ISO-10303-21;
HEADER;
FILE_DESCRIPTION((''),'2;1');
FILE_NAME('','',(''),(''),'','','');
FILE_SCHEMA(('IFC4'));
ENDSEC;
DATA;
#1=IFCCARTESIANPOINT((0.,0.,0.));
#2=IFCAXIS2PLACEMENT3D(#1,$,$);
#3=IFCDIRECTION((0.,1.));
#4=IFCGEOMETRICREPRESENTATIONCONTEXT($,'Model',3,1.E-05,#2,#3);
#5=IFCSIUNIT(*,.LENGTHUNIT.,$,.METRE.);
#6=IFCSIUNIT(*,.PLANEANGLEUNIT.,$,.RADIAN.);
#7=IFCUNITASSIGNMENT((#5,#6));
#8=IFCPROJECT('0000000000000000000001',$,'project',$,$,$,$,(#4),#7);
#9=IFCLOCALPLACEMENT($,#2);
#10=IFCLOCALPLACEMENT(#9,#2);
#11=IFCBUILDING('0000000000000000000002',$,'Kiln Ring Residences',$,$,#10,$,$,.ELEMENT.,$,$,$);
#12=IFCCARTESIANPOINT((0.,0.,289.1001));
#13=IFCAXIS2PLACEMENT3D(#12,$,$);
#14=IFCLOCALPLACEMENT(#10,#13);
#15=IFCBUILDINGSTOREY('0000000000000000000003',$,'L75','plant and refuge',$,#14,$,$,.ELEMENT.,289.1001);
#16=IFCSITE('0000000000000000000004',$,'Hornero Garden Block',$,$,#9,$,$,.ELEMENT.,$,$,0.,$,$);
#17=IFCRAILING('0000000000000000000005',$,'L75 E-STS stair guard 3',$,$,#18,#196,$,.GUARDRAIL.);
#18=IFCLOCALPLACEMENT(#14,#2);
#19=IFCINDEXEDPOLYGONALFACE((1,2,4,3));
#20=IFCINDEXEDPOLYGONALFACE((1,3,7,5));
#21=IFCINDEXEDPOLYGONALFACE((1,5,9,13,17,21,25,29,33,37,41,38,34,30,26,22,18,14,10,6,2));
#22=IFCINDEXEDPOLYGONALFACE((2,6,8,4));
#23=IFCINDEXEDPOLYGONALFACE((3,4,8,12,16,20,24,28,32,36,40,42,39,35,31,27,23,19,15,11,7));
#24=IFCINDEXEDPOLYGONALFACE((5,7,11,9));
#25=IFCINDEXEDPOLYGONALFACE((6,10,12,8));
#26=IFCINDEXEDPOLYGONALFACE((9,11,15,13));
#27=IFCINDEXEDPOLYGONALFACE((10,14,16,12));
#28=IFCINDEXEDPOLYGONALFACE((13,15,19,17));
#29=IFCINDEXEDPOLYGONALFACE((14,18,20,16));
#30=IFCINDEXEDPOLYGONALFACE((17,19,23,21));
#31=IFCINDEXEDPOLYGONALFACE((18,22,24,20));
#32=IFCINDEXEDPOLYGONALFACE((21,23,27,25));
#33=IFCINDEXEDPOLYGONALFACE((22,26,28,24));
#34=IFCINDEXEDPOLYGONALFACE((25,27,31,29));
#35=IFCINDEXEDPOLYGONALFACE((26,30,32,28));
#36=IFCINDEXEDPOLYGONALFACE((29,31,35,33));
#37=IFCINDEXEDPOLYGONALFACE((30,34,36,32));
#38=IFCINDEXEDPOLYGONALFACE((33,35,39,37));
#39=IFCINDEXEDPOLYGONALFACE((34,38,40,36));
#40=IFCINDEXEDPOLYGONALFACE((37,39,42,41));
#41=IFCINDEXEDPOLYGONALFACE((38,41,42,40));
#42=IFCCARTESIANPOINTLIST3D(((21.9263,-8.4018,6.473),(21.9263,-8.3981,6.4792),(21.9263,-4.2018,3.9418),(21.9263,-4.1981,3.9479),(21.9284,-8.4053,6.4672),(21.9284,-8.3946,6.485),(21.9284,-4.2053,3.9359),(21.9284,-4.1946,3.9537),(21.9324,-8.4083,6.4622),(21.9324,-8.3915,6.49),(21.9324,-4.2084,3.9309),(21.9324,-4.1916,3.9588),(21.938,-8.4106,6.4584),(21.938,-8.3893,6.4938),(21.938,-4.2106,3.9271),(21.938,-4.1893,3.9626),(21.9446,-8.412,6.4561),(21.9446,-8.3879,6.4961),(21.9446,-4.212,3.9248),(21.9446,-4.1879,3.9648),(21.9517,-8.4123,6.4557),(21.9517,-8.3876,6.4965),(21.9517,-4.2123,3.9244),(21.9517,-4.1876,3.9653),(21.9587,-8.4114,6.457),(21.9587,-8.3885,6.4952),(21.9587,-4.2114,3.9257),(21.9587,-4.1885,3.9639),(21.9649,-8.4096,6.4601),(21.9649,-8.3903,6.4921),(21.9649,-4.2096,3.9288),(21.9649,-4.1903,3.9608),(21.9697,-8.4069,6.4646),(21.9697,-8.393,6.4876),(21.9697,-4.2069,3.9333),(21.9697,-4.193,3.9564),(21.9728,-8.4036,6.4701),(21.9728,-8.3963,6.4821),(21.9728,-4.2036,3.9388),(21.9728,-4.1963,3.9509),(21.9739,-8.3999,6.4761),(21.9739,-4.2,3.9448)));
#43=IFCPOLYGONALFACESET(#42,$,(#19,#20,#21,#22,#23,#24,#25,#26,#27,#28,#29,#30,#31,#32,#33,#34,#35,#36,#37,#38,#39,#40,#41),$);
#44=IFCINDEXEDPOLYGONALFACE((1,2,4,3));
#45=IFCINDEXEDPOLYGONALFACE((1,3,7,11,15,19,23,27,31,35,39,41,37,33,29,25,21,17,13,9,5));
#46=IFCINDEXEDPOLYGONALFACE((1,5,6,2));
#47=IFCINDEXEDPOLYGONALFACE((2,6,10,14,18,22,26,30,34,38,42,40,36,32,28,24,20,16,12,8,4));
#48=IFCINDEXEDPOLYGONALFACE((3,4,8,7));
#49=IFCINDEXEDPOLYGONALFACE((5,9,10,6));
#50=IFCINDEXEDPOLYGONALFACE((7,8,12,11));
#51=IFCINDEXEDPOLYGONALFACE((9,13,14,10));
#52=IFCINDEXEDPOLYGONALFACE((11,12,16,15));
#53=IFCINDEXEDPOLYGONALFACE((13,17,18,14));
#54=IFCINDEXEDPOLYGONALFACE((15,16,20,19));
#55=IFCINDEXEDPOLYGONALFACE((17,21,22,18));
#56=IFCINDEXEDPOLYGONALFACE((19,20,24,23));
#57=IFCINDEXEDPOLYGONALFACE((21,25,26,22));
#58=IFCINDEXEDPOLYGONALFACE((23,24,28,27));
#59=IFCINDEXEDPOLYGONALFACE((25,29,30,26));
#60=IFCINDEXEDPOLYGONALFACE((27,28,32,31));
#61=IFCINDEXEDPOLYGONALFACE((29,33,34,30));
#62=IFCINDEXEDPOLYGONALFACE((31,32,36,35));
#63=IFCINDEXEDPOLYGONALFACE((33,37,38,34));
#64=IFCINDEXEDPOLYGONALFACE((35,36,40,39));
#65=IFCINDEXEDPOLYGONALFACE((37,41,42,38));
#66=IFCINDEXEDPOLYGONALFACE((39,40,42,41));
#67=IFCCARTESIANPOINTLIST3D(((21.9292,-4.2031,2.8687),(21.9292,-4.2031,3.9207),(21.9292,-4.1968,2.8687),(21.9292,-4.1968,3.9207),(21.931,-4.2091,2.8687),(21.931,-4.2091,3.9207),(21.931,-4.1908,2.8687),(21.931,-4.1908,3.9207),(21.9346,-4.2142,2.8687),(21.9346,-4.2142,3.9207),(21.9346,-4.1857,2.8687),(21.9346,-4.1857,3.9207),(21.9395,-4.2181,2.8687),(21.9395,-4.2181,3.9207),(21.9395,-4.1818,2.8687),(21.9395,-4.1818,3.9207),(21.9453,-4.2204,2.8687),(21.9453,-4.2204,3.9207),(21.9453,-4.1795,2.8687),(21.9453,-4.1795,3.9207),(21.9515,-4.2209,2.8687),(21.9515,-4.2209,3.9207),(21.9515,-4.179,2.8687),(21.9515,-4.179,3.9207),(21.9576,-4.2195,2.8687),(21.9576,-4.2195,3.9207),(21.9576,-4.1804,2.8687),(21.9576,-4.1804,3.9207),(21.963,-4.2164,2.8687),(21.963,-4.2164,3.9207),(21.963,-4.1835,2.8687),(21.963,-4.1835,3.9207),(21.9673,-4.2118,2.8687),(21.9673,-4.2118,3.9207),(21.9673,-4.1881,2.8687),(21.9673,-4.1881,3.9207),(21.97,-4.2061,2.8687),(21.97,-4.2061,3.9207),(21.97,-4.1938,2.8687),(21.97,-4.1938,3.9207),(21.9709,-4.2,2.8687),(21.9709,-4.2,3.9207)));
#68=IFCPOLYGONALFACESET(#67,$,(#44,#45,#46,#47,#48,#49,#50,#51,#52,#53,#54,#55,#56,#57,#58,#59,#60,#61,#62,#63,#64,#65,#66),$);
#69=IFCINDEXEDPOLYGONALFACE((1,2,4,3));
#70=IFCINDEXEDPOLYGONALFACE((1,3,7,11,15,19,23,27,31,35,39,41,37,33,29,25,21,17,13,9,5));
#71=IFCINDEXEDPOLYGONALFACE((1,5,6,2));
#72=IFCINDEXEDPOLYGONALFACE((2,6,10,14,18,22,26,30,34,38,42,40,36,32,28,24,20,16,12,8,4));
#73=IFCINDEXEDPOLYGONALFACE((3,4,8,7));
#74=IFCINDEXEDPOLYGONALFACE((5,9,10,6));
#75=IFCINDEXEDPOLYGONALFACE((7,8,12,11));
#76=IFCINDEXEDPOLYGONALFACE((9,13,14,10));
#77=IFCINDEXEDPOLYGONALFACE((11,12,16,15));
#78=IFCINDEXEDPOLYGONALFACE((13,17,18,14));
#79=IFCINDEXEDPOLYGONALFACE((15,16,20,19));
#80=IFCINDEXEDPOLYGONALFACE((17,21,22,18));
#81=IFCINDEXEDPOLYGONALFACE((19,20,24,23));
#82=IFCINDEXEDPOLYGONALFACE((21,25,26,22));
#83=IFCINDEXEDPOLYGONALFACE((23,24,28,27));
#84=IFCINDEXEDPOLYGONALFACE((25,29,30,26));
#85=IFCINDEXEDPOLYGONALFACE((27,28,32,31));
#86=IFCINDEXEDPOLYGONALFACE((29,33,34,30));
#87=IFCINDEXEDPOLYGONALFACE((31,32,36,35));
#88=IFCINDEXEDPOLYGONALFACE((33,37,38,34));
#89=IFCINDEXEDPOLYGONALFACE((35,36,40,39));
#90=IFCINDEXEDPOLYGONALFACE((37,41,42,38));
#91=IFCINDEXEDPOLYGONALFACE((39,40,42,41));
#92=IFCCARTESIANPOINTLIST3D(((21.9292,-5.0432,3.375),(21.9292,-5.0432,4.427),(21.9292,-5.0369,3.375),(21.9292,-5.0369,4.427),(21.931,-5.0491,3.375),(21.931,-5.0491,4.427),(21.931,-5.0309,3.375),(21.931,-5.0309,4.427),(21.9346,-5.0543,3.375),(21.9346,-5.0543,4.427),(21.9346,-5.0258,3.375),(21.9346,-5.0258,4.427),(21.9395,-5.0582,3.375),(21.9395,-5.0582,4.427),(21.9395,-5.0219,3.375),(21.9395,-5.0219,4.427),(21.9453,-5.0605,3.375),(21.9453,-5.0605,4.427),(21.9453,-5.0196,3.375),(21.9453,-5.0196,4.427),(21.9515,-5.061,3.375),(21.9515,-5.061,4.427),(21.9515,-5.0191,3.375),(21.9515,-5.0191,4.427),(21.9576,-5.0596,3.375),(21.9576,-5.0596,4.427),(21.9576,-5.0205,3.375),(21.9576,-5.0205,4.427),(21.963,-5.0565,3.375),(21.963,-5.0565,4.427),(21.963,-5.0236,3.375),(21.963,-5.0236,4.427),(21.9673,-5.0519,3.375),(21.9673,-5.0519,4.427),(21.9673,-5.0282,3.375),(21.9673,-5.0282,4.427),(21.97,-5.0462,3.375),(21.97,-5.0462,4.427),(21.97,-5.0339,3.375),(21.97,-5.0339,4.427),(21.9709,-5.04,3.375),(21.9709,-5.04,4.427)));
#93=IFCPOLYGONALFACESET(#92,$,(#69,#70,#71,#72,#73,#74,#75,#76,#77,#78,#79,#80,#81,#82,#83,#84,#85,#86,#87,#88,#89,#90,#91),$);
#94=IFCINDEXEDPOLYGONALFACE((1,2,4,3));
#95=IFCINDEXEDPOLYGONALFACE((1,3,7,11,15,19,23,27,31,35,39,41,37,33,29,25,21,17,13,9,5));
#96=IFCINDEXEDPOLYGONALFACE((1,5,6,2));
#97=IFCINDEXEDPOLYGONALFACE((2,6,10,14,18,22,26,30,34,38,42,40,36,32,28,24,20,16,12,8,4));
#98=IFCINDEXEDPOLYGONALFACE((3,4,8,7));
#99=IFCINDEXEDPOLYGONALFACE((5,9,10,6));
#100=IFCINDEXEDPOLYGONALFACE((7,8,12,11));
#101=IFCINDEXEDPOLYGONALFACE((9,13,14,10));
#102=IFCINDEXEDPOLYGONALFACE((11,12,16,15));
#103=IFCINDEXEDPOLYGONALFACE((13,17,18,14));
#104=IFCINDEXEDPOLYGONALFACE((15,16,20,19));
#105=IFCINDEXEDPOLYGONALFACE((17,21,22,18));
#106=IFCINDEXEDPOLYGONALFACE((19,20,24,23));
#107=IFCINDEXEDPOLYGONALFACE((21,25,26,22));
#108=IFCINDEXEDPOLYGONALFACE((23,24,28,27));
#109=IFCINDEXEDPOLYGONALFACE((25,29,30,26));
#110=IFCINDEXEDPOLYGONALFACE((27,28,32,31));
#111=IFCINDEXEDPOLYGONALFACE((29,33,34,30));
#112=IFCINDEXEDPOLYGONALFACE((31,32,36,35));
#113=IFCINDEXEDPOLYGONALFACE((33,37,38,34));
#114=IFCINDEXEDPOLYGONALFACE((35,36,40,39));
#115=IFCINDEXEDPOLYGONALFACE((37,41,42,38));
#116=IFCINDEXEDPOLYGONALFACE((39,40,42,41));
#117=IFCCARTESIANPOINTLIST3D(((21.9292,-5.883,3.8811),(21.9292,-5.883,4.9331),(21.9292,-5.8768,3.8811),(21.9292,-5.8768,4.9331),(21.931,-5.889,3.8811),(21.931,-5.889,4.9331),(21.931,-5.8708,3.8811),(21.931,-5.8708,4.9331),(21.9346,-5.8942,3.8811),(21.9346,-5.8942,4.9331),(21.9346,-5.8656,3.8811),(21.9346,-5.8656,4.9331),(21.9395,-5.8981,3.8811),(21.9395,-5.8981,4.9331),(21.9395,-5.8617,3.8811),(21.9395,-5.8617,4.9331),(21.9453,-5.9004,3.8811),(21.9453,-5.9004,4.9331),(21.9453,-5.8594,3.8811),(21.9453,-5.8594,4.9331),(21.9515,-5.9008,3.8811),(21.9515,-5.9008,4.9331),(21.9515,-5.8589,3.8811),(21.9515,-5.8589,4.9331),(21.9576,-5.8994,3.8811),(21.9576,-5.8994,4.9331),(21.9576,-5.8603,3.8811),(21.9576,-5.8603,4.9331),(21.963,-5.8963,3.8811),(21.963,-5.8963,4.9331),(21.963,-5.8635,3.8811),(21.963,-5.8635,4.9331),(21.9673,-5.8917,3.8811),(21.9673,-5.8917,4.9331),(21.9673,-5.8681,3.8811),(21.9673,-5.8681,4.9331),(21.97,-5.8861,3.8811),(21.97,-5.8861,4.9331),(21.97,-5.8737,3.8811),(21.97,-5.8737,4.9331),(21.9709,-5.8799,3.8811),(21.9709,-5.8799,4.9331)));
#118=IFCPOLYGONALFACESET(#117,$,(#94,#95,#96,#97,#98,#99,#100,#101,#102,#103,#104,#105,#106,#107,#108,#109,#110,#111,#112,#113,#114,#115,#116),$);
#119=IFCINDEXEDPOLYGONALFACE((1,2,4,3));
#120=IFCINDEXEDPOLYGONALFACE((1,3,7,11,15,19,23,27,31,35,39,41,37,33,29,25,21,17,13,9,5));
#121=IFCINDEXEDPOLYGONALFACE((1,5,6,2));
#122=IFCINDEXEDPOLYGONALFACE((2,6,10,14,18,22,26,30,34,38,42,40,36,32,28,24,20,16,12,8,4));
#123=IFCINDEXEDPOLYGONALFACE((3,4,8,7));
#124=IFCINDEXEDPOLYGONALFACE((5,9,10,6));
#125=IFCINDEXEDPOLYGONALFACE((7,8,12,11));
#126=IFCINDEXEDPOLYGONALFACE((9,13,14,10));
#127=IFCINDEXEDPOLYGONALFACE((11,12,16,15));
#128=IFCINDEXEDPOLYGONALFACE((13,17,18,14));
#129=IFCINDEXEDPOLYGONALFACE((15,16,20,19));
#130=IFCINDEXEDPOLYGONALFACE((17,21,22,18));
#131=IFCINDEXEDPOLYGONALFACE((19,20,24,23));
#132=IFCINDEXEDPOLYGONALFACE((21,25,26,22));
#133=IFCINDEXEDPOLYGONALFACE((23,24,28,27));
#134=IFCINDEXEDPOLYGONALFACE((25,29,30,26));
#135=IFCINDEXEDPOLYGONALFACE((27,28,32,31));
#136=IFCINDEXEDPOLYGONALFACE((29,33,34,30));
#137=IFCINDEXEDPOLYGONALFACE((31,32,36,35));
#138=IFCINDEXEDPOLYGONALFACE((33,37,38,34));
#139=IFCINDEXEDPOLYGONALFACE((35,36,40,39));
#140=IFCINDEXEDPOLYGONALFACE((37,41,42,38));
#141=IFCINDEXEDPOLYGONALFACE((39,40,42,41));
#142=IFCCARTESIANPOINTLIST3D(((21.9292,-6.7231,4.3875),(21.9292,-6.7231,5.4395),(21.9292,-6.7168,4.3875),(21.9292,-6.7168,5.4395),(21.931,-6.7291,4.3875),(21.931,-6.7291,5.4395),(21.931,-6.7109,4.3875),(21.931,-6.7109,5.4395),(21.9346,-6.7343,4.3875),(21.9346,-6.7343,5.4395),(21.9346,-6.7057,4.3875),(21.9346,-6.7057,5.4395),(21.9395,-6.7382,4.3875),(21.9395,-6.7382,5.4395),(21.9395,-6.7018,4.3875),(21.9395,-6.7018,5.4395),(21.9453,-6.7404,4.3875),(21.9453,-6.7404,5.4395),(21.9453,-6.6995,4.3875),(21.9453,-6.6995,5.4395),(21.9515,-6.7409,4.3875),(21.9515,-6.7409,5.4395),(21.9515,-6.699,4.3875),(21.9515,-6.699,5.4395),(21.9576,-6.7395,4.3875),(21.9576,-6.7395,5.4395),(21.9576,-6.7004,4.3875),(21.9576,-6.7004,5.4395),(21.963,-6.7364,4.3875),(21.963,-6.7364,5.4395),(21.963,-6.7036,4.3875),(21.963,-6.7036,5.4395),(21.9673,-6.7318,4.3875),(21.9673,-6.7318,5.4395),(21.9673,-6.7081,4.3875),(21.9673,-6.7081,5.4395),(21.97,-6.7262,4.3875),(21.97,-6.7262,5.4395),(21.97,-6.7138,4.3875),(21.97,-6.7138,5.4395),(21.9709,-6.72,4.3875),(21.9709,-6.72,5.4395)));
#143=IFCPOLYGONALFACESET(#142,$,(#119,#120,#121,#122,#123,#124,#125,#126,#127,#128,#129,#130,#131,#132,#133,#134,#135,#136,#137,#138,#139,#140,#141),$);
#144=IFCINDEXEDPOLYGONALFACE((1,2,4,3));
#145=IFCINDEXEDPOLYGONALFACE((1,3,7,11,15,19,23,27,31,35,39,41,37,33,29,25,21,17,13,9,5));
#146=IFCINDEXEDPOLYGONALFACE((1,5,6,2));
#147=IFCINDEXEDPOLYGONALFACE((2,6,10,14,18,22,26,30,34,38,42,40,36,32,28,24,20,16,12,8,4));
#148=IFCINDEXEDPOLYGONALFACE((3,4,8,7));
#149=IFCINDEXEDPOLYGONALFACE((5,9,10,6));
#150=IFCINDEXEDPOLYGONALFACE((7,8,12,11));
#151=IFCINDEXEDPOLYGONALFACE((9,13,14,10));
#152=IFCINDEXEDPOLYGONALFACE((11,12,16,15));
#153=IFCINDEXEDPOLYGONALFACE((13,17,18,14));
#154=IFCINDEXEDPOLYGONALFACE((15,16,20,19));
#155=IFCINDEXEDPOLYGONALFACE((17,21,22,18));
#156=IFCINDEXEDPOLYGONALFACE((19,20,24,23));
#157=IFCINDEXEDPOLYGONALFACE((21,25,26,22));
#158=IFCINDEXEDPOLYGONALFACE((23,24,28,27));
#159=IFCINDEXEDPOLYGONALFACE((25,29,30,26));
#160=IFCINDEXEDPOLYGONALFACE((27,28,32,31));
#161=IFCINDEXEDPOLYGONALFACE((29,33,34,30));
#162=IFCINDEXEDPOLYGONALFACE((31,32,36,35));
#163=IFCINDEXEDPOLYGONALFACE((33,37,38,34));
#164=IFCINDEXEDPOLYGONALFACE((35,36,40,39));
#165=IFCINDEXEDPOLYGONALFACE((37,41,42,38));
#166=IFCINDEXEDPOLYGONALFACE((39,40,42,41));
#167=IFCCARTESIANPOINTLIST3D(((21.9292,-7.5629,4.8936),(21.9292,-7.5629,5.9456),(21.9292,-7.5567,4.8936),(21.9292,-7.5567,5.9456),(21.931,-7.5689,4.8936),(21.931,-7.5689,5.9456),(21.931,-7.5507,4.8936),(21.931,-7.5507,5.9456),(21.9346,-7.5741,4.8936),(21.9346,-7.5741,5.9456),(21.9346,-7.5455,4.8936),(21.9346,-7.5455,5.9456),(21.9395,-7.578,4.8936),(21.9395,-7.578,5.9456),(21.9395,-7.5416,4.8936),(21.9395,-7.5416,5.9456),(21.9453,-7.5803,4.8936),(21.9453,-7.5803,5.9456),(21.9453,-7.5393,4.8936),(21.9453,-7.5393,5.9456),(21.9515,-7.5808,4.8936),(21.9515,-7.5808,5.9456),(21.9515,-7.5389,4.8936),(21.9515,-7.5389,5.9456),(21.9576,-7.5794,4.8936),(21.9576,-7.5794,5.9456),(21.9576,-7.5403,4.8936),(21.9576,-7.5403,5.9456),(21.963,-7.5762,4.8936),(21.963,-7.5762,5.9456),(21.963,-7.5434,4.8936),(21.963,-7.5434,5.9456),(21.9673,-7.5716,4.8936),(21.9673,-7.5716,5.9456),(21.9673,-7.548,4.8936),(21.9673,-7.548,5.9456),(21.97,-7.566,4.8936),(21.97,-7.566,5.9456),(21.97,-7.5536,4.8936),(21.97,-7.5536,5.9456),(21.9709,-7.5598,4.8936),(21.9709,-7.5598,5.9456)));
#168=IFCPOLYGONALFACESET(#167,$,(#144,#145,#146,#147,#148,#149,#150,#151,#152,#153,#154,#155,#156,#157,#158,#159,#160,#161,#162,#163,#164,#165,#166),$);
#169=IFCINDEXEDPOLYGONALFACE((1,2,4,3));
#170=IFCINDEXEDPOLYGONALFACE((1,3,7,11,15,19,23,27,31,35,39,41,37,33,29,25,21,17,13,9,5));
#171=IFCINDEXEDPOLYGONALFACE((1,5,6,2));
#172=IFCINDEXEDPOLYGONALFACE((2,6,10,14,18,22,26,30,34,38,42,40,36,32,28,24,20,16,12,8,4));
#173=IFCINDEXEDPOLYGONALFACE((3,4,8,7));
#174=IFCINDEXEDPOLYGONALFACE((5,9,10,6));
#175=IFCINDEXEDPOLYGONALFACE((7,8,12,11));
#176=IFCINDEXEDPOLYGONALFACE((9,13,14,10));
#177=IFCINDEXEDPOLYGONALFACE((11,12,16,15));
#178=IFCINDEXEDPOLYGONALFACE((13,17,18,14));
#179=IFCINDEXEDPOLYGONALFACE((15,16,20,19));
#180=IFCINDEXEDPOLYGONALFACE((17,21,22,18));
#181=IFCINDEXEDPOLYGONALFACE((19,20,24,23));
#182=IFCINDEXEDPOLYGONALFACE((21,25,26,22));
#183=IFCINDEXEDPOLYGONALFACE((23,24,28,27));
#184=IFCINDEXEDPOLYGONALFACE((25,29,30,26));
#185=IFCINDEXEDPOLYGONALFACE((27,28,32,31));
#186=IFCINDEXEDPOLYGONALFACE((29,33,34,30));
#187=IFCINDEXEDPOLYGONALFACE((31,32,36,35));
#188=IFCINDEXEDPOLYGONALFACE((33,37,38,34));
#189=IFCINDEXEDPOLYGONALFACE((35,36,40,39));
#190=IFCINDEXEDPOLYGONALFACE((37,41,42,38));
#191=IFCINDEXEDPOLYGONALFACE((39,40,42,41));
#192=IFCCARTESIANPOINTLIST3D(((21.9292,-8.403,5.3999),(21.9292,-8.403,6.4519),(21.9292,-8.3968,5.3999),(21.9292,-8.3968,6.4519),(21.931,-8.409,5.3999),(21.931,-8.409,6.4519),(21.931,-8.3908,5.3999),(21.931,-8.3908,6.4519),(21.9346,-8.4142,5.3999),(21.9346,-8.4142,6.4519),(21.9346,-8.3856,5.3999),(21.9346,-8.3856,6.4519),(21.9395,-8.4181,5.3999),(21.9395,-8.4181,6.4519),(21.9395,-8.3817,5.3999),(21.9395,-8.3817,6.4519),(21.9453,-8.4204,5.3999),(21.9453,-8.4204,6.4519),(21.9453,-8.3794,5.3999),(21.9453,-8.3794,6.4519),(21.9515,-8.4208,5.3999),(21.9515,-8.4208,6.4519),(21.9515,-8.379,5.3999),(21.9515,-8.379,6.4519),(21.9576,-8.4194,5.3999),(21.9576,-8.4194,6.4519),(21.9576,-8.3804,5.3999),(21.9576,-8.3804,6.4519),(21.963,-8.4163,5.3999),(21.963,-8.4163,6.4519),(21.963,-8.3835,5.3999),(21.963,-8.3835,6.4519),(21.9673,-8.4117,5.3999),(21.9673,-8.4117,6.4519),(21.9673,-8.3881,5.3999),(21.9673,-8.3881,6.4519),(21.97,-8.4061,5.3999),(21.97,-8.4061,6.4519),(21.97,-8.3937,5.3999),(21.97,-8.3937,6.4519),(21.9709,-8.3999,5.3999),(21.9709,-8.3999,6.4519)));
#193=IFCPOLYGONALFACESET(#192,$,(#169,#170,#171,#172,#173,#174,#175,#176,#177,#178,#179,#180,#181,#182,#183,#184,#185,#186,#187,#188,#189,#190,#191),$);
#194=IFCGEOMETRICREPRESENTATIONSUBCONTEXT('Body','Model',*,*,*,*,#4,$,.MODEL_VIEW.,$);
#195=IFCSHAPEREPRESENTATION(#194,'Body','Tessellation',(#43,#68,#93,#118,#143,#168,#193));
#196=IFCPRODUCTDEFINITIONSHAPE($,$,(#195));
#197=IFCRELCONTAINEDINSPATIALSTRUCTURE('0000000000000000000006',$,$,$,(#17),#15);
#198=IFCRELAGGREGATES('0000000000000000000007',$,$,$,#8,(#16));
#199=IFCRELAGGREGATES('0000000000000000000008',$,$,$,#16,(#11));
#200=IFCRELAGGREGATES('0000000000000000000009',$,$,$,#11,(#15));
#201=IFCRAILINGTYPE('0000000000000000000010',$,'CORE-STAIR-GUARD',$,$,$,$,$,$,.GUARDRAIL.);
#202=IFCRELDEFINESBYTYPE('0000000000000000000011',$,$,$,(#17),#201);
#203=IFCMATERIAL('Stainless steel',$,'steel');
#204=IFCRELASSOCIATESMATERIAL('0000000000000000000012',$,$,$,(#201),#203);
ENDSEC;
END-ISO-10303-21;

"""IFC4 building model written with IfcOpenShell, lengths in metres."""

from ifc_helpers import new_model, si_unit, direction, frame, origin, origin_2d, place, context, subcontext, project, spatial, circle, extrude, material, type_object, element, save


model = new_model("IFC4")

# Units and contexts
model_context = context("Model", 3, precision=1e-05, world=origin(), true_north=direction((0.0, 1.0)))
body_context = subcontext(model_context, "Body", "Model", "MODEL_VIEW")
ifc_project = project(units=[si_unit("LENGTHUNIT", "METRE"), si_unit("PLANEANGLEUNIT", "RADIAN")], contexts=[model_context])

# Site, building, storey
site_placement = place(None, origin())
site = spatial("IfcSite", under=ifc_project, at=site_placement, Name="Hornero Garden Block", CompositionType="ELEMENT", RefElevation=0.0)
building_placement = place(site_placement, origin())
building = spatial("IfcBuilding", under=site, at=building_placement, Name="Kiln Ring Residences", CompositionType="ELEMENT")
storey_placement = place(building_placement, frame((0.0, 0.0, 289.1001)))
storey = spatial("IfcBuildingStorey", under=building, at=storey_placement, Name="L75", Description="plant and refuge", CompositionType="ELEMENT", Elevation=289.1001)

# Railing
ifc_material_1 = material(Name="Stainless steel", Category="steel")
railing_type_1 = type_object("IfcRailingType", Name="CORE-STAIR-GUARD", PredefinedType="GUARDRAIL", material=ifc_material_1)
railing_1_placement = place(storey_placement, frame((21.95, -4.2, 2.8687)))
element("IfcRailing", 1, at=railing_1_placement, inside=storey, type_object=railing_type_1, Name="L75 E-STS stair guard 3", PredefinedType="GUARDRAIL", context=body_context, shape_type="SweptSolid", body=[
    extrude(circle(Radius=0.0239, at=origin_2d()), frame((0.0, 0.0, 1.0762), z_axis=(0.0, -0.856476, 0.516186), x_axis=(1.0, 0.0, 0.0)), (0.0, 0.0, 1.0), 4.9038),
    extrude(circle(Radius=0.021, at=origin_2d()), origin(), (0.0, 0.0, 1.0), 1.052),
    extrude(circle(Radius=0.021, at=origin_2d()), frame((0.0, -0.8401, 0.5063)), (0.0, 0.0, 1.0), 1.052),
    extrude(circle(Radius=0.021, at=origin_2d()), frame((0.0, -1.6799, 1.0125)), (0.0, 0.0, 1.0), 1.052),
    extrude(circle(Radius=0.021, at=origin_2d()), frame((0.0, -2.52, 1.5188)), (0.0, 0.0, 1.0), 1.052),
    extrude(circle(Radius=0.021, at=origin_2d()), frame((0.0, -3.3599, 2.0249)), (0.0, 0.0, 1.0), 1.052),
    extrude(circle(Radius=0.021, at=origin_2d()), frame((0.0, -4.2, 2.5312)), (0.0, 0.0, 1.0), 1.052),
])

save(model, "model.ifc")
